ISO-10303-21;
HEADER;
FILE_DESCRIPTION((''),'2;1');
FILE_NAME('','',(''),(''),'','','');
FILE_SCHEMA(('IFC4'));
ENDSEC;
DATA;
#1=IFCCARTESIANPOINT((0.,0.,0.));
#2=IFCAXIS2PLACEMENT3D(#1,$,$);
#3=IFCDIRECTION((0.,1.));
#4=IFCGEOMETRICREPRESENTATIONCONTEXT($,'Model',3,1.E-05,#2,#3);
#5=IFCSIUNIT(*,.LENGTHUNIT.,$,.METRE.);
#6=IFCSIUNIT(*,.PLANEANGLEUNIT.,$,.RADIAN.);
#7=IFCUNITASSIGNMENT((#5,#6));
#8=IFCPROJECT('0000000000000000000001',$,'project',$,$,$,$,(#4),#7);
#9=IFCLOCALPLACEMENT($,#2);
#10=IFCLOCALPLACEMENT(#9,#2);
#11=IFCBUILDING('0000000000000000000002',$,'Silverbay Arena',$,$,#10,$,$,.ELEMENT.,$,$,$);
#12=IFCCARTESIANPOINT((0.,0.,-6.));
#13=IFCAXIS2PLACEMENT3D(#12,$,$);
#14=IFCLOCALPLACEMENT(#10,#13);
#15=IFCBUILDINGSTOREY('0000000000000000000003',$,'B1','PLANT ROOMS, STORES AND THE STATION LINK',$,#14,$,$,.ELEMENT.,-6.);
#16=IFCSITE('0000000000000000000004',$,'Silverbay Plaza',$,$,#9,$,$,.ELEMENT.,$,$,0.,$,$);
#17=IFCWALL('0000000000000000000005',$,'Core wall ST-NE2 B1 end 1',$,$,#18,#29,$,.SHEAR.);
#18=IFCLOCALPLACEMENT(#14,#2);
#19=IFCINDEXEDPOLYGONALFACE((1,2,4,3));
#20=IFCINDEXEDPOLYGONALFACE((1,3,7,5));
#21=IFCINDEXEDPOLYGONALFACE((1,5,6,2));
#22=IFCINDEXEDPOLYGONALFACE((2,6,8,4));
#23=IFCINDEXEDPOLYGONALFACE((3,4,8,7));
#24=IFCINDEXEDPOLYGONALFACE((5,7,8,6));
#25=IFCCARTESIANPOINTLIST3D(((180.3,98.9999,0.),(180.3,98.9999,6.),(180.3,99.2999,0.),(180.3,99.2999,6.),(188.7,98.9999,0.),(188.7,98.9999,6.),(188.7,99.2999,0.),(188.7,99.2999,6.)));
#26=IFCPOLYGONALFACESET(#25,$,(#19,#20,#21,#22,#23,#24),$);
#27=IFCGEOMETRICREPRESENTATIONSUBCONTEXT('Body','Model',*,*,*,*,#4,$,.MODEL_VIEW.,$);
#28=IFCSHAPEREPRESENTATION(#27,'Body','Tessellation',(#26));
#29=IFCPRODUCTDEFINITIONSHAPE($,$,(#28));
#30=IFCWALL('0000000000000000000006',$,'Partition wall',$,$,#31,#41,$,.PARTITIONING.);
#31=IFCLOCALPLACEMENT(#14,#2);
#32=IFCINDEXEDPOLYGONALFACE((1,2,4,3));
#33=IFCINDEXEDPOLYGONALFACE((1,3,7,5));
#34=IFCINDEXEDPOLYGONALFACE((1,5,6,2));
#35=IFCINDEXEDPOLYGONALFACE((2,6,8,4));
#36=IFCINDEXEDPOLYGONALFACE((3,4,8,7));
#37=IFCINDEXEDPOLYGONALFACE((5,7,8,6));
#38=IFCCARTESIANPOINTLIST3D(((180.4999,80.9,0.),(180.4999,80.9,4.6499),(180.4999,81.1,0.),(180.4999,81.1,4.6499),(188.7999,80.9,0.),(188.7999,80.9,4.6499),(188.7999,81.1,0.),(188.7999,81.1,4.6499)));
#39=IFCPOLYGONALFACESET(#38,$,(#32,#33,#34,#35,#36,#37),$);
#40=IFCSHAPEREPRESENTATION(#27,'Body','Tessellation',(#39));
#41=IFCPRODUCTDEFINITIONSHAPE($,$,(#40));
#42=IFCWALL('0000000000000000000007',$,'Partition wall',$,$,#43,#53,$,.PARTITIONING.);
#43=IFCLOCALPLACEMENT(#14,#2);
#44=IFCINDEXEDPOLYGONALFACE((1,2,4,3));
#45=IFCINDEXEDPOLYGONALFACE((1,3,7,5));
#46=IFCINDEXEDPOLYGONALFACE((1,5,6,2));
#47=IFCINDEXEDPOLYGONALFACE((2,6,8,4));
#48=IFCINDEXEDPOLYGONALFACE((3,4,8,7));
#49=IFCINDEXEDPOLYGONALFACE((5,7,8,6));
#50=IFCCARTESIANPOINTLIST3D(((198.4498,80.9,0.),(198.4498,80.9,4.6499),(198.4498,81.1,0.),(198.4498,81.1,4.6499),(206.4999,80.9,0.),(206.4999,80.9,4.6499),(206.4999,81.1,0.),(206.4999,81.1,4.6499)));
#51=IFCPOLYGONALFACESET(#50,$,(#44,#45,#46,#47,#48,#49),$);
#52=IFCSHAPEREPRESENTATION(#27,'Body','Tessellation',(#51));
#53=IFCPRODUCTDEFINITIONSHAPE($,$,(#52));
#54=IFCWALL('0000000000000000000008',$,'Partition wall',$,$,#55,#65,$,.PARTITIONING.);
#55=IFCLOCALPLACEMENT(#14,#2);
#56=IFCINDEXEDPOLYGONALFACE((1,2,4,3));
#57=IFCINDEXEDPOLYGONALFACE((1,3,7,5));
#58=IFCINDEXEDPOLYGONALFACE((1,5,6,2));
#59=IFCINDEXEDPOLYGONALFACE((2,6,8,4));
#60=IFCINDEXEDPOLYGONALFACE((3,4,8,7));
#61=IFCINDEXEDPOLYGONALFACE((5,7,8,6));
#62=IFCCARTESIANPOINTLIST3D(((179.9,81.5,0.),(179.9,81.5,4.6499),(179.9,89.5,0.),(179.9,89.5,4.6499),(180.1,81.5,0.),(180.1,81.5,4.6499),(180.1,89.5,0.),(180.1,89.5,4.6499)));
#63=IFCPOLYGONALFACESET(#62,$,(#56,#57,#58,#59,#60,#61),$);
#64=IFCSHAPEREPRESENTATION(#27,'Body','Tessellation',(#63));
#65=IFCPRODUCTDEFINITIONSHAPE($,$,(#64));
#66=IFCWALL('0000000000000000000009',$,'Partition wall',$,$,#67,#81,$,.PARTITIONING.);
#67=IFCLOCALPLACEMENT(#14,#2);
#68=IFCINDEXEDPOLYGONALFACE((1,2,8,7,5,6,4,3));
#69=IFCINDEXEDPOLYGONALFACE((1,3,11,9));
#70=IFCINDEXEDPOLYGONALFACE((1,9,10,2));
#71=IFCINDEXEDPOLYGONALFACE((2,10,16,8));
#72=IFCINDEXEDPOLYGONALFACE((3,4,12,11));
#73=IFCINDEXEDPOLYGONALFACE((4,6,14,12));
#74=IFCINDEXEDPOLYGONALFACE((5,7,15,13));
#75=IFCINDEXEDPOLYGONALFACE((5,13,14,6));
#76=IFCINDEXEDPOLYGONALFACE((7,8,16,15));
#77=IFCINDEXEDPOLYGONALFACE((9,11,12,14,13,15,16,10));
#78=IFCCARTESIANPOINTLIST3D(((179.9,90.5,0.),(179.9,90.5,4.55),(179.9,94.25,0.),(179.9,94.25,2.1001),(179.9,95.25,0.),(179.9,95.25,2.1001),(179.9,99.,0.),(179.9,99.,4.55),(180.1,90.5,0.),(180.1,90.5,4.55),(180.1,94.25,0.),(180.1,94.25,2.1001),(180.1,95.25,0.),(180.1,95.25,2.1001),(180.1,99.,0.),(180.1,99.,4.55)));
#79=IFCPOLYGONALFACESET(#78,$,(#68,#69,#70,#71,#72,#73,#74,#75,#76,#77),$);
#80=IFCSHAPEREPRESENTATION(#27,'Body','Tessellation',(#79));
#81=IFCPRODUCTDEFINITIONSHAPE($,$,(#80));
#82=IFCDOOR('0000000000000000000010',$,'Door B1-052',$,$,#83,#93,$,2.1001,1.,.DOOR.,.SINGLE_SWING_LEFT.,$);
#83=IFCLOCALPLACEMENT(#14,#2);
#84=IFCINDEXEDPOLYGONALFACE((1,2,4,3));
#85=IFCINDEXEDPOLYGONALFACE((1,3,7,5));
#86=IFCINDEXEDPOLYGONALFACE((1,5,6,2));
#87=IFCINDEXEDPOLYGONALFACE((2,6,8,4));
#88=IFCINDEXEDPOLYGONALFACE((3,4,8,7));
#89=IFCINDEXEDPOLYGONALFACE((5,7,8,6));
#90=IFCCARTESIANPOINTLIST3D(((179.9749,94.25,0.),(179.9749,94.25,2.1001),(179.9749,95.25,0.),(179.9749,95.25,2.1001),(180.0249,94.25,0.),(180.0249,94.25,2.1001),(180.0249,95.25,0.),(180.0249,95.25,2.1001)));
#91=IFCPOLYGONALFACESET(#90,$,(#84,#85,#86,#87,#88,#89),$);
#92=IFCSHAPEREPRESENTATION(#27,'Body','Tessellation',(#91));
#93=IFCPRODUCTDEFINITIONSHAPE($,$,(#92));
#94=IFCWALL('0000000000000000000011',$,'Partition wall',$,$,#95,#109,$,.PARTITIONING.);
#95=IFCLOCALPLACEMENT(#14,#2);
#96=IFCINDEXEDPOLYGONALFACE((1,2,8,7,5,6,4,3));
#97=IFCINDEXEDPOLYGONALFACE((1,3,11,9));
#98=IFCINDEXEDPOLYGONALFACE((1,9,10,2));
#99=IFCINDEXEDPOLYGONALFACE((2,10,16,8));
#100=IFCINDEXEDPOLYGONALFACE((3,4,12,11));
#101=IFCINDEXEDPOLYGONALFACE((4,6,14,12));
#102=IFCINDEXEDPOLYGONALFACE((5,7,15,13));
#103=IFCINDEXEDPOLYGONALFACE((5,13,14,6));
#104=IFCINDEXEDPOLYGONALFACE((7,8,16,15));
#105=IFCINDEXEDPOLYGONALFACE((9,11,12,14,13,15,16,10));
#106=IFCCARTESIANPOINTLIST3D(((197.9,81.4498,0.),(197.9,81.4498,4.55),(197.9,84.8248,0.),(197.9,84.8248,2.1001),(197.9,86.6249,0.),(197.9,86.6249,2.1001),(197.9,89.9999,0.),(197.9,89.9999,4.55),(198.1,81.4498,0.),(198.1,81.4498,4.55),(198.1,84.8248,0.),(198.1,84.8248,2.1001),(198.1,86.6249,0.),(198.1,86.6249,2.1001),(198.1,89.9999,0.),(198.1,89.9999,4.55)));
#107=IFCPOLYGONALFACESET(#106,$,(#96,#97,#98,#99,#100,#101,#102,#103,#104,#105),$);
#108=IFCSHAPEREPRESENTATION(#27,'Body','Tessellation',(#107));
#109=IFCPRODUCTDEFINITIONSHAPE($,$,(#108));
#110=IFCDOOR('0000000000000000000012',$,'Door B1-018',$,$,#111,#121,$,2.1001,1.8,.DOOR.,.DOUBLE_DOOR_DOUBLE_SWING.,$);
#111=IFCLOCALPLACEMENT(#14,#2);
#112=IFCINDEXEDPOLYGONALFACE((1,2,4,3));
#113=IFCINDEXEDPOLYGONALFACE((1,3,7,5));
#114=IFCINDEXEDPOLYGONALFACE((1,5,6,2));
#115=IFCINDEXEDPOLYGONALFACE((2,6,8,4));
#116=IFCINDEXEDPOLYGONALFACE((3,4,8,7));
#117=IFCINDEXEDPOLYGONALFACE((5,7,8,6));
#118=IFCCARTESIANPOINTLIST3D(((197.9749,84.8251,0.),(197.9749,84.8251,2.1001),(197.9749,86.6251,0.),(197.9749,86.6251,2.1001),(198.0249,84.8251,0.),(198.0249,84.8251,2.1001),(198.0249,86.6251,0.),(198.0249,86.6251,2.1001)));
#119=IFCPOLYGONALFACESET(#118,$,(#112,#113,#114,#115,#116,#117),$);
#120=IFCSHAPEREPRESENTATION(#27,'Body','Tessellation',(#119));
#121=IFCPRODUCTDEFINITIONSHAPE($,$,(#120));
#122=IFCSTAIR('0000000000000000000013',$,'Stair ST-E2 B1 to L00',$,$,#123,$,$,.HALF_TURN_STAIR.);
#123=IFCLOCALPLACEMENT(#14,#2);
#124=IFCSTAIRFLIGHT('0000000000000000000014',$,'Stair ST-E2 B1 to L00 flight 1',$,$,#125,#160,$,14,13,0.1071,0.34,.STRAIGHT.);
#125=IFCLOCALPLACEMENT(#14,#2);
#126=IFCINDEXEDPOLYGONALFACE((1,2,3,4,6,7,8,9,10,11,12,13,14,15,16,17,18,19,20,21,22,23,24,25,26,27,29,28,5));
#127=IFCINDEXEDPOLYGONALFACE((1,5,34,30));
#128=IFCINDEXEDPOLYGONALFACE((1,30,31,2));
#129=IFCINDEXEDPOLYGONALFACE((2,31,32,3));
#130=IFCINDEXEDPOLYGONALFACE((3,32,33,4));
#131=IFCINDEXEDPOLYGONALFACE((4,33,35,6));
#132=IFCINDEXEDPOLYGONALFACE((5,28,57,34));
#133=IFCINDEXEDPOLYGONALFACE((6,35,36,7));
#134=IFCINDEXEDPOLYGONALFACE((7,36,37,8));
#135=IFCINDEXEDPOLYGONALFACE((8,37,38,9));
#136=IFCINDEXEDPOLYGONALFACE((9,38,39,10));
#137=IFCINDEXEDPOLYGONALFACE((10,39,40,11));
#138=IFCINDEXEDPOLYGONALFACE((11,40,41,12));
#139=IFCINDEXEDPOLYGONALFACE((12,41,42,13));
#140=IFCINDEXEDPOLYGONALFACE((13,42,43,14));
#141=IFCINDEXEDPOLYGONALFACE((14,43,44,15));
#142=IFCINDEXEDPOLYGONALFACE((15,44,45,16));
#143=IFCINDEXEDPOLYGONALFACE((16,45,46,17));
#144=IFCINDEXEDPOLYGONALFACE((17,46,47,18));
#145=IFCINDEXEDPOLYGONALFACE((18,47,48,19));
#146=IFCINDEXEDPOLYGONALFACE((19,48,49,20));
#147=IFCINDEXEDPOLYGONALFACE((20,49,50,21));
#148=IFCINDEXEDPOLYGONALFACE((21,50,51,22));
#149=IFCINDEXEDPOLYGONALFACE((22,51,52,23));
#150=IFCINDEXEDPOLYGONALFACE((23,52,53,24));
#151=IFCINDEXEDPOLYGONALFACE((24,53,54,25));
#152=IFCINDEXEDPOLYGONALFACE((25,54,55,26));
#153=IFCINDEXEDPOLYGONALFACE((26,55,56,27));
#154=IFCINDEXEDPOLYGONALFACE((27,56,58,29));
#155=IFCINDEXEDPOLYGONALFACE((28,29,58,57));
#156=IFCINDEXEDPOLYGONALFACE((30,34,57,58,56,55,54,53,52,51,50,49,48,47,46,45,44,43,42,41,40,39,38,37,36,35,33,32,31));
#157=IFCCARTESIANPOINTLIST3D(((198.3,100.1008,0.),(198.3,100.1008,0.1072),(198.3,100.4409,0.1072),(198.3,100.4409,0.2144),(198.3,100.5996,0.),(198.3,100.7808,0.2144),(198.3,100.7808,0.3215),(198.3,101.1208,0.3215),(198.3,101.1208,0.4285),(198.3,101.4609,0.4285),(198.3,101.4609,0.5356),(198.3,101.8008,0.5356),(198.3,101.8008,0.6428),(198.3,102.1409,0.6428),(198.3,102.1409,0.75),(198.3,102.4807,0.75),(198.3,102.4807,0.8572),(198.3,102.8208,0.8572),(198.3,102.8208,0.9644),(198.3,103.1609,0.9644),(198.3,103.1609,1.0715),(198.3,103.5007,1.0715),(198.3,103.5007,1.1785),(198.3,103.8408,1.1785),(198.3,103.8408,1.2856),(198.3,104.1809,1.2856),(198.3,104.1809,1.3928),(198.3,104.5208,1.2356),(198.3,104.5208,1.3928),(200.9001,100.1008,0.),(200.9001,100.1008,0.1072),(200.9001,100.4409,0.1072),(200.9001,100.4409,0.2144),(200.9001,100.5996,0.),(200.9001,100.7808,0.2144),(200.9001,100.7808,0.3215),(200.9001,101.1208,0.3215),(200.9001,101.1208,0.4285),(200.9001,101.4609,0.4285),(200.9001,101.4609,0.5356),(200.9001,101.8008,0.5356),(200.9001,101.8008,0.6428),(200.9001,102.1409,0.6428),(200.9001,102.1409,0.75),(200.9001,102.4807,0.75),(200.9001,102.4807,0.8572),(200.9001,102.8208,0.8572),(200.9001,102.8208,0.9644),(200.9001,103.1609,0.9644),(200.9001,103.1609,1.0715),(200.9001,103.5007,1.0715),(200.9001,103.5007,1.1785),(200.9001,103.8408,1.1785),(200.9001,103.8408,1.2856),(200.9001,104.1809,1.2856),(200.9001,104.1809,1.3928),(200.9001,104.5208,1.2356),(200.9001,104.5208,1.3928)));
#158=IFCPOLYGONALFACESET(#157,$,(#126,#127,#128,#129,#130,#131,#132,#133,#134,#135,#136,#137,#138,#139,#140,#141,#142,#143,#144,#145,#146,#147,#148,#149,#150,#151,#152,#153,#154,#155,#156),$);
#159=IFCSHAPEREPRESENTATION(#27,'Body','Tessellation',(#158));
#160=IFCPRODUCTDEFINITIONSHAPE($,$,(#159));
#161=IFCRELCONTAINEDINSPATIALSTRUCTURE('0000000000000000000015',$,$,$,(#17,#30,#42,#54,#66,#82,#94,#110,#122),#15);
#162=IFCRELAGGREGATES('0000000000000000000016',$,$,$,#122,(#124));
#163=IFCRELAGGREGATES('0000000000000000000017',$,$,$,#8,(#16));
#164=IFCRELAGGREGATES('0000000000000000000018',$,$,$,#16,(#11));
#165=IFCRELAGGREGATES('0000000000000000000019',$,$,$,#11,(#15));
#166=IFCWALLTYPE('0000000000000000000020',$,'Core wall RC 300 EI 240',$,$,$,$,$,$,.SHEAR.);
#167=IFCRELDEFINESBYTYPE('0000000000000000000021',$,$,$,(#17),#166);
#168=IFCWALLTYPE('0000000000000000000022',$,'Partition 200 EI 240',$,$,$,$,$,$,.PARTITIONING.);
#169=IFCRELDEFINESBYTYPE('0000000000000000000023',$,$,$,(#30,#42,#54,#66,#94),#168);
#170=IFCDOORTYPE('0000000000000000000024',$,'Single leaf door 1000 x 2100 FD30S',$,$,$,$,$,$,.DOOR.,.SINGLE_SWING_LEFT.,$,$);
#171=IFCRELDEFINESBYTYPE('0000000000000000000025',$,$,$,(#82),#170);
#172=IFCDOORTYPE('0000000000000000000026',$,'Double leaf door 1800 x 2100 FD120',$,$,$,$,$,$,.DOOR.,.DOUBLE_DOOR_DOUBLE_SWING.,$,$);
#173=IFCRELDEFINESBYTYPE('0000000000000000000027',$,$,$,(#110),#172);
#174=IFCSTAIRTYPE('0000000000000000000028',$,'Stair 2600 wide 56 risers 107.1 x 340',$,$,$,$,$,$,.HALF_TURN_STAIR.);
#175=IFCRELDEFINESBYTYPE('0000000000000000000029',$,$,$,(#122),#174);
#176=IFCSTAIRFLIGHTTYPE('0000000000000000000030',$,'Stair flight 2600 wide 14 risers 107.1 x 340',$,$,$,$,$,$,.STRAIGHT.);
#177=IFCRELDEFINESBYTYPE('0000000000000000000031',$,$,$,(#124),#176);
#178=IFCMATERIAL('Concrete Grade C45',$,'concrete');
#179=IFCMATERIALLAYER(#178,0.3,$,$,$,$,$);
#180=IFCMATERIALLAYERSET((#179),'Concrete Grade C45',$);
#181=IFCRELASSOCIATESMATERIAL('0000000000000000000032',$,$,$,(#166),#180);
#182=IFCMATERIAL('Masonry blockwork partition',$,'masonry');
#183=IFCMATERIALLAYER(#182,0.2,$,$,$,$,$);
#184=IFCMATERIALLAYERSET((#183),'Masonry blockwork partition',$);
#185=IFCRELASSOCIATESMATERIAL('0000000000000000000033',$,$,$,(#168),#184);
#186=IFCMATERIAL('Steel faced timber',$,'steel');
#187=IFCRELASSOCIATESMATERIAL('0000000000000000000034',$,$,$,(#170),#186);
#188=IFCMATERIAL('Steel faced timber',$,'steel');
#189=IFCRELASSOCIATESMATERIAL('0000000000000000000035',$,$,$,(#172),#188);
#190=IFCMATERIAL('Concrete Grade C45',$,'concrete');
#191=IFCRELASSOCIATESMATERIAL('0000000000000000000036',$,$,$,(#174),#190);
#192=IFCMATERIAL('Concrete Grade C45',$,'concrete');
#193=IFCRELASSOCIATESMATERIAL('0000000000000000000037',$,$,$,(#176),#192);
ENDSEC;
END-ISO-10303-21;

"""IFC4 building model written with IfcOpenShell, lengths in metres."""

from ifc_helpers import new_model, si_unit, direction, frame, frame_2d, origin, place, context, subcontext, project, spatial, polyline, rectangle, outline, extrude, material, layer, layer_set, type_object, element, fill, aggregate, save


model = new_model("IFC4")

# Units and contexts
model_context = context("Model", 3, precision=1e-05, world=origin(), true_north=direction((0.0, 1.0)))
body_context = subcontext(model_context, "Body", "Model", "MODEL_VIEW")
ifc_project = project(units=[si_unit("LENGTHUNIT", "METRE"), si_unit("PLANEANGLEUNIT", "RADIAN")], contexts=[model_context])

# Site, building, storey
site_placement = place(None, origin())
site = spatial("IfcSite", under=ifc_project, at=site_placement, Name="Silverbay Plaza", CompositionType="ELEMENT", RefElevation=0.0)
building_placement = place(site_placement, origin())
building = spatial("IfcBuilding", under=site, at=building_placement, Name="Silverbay Arena", CompositionType="ELEMENT")
storey_placement = place(building_placement, frame((0.0, 0.0, -6.0)))
storey = spatial("IfcBuildingStorey", under=building, at=storey_placement, Name="B1", Description="PLANT ROOMS, STORES AND THE STATION LINK", CompositionType="ELEMENT", Elevation=-6.0)

# Shared definitions
ifc_material_1 = material(Name="Concrete Grade C45", Category="concrete")
ifc_layer_1 = layer(ifc_material_1, 0.3)
ifc_layer_set_1 = layer_set([ifc_layer_1], Name="Concrete Grade C45")
wall_type_1 = type_object("IfcWallType", Name="Core wall RC 300 EI 240", PredefinedType="SHEAR", material=ifc_layer_set_1)

# Walls
wall_1_placement = place(storey_placement, frame((180.3, 99.1499, 0.0), z_axis=(0.0, 0.0, 1.0), x_axis=(1.0, 0.0, 0.0)))
element("IfcWall", 1, at=wall_1_placement, inside=storey, type_object=wall_type_1, Name="Core wall ST-NE2 B1 end 1", PredefinedType="SHEAR", context=body_context, shape_type="SweptSolid", body=[
    extrude(rectangle(XDim=8.3999, YDim=0.3, at=frame_2d((4.2, 0.0))), origin(), (0.0, 0.0, 1.0), 6.0),
])
ifc_material_2 = material(Name="Masonry blockwork partition", Category="masonry")
ifc_layer_2 = layer(ifc_material_2, 0.2)
ifc_layer_set_2 = layer_set([ifc_layer_2], Name="Masonry blockwork partition")
wall_type_2 = type_object("IfcWallType", Name="Partition 200 EI 240", PredefinedType="PARTITIONING", material=ifc_layer_set_2)
wall_2_placement = place(storey_placement, frame((180.5, 81.0, 0.0), z_axis=(0.0, 0.0, 1.0), x_axis=(1.0, 0.0, 0.0)))
element("IfcWall", 2, at=wall_2_placement, inside=storey, type_object=wall_type_2, Name="Partition wall", PredefinedType="PARTITIONING", context=body_context, shape_type="SweptSolid", body=[
    extrude(rectangle(XDim=8.3, YDim=0.2, at=frame_2d((4.1499, 0.0))), origin(), (0.0, 0.0, 1.0), 4.6499),
])
wall_3_placement = place(storey_placement, frame((198.45, 81.0, 0.0), z_axis=(0.0, 0.0, 1.0), x_axis=(1.0, 0.0, 0.0)))
element("IfcWall", 3, at=wall_3_placement, inside=storey, type_object=wall_type_2, Name="Partition wall", PredefinedType="PARTITIONING", context=body_context, shape_type="SweptSolid", body=[
    extrude(rectangle(XDim=8.05, YDim=0.2, at=frame_2d((4.0249, 0.0))), origin(), (0.0, 0.0, 1.0), 4.6499),
])
wall_4_placement = place(storey_placement, frame((180.0, 81.5, 0.0), z_axis=(0.0, 0.0, 1.0), x_axis=(0.0, 1.0, 0.0)))
element("IfcWall", 4, at=wall_4_placement, inside=storey, type_object=wall_type_2, Name="Partition wall", PredefinedType="PARTITIONING", context=body_context, shape_type="SweptSolid", body=[
    extrude(rectangle(XDim=8.0, YDim=0.2, at=frame_2d((4.0, 0.0))), origin(), (0.0, 0.0, 1.0), 4.6499),
])

# Walls, openings, doors
wall_5_placement = place(storey_placement, frame((180.0, 90.5, 0.0), z_axis=(0.0, 0.0, 1.0), x_axis=(0.0, 1.0, 0.0)))
wall_5 = element("IfcWall", 5, at=wall_5_placement, inside=storey, type_object=wall_type_2, Name="Partition wall", PredefinedType="PARTITIONING", context=body_context, shape_type="SweptSolid", body=[
    extrude(rectangle(XDim=8.5, YDim=0.2, at=frame_2d((4.25, 0.0))), origin(), (0.0, 0.0, 1.0), 4.55),
])
opening_1_placement = place(wall_5_placement, frame((3.75, 0.0, 0.0)))
opening_1 = element("IfcOpeningElement", 6, at=opening_1_placement, cuts=wall_5, PredefinedType="OPENING", context=body_context, shape_type="SweptSolid", body=[
    extrude(rectangle(XDim=1.0, YDim=2.1001, at=frame_2d((0.5, 1.05))), frame((0.0, 0.1099, 0.0), z_axis=(0.0, -1.0, 0.0), x_axis=(1.0, 0.0, 0.0)), (0.0, 0.0, 1.0), 0.22),
])
ifc_material_3 = material(Name="Steel faced timber", Category="steel")
door_type_1 = type_object("IfcDoorType", Name="Single leaf door 1000 x 2100 FD30S", OperationType="SINGLE_SWING_LEFT", PredefinedType="DOOR", material=ifc_material_3)
door_1_placement = place(opening_1_placement, frame((1.0, 0.0, 0.0), z_axis=(0.0, 0.0, 1.0), x_axis=(-1.0, 0.0, 0.0)))
door_1 = element("IfcDoor", 7, at=door_1_placement, inside=storey, type_object=door_type_1, Name="Door B1-052", OperationType="SINGLE_SWING_LEFT", OverallHeight=2.1001, OverallWidth=1.0, PredefinedType="DOOR", context=body_context, shape_type="SweptSolid", body=[
    extrude(rectangle(XDim=1.0, YDim=2.1001, at=frame_2d((0.5, 1.05))), frame((0.0, 0.0249, 0.0), z_axis=(0.0, -1.0, 0.0), x_axis=(1.0, 0.0, 0.0)), (0.0, 0.0, 1.0), 0.05),
])
fill(opening_1, door_1)
wall_6_placement = place(storey_placement, frame((198.0, 81.45, 0.0), z_axis=(0.0, 0.0, 1.0), x_axis=(0.0, 1.0, 0.0)))
wall_6 = element("IfcWall", 8, at=wall_6_placement, inside=storey, type_object=wall_type_2, Name="Partition wall", PredefinedType="PARTITIONING", context=body_context, shape_type="SweptSolid", body=[
    extrude(rectangle(XDim=8.55, YDim=0.2, at=frame_2d((4.2749, 0.0))), origin(), (0.0, 0.0, 1.0), 4.55),
])
opening_2_placement = place(wall_6_placement, frame((3.375, 0.0, 0.0)))
opening_2 = element("IfcOpeningElement", 9, at=opening_2_placement, cuts=wall_6, PredefinedType="OPENING", context=body_context, shape_type="SweptSolid", body=[
    extrude(rectangle(XDim=1.8, YDim=2.1001, at=frame_2d((0.8999, 1.05))), frame((0.0, 0.1099, 0.0), z_axis=(0.0, -1.0, 0.0), x_axis=(1.0, 0.0, 0.0)), (0.0, 0.0, 1.0), 0.22),
])
ifc_material_4 = material(Name="Steel faced timber", Category="steel")
door_type_2 = type_object("IfcDoorType", Name="Double leaf door 1800 x 2100 FD120", OperationType="DOUBLE_DOOR_DOUBLE_SWING", PredefinedType="DOOR", material=ifc_material_4)
door_2_placement = place(opening_2_placement, frame((1.8, 0.0, 0.0), z_axis=(0.0, 0.0, 1.0), x_axis=(-1.0, 0.0, 0.0)))
door_2 = element("IfcDoor", 10, at=door_2_placement, inside=storey, type_object=door_type_2, Name="Door B1-018", OperationType="DOUBLE_DOOR_DOUBLE_SWING", OverallHeight=2.1001, OverallWidth=1.8, PredefinedType="DOOR", context=body_context, shape_type="SweptSolid", body=[
    extrude(rectangle(XDim=1.8, YDim=2.1001, at=frame_2d((0.8999, 1.05))), frame((0.0, 0.0249, 0.0), z_axis=(0.0, -1.0, 0.0), x_axis=(1.0, 0.0, 0.0)), (0.0, 0.0, 1.0), 0.05),
])
fill(opening_2, door_2)

# Stair, stair flight
ifc_material_5 = material(Name="Concrete Grade C45", Category="concrete")
stair_type = type_object("IfcStairType", Name="Stair 2600 wide 56 risers 107.1 x 340", PredefinedType="HALF_TURN_STAIR", material=ifc_material_5)
stair_placement = place(storey_placement, origin())
stair = element("IfcStair", 11, at=stair_placement, inside=storey, type_object=stair_type, Name="Stair ST-E2 B1 to L00", PredefinedType="HALF_TURN_STAIR")
ifc_material_6 = material(Name="Concrete Grade C45", Category="concrete")
stair_flight_type = type_object("IfcStairFlightType", Name="Stair flight 2600 wide 14 risers 107.1 x 340", PredefinedType="STRAIGHT", material=ifc_material_6)
stair_flight_1_placement = place(storey_placement, frame((199.6001, 100.1008, 0.0), z_axis=(0.0, 0.0, 1.0), x_axis=(0.0, 1.0, 0.0)))
stair_flight_1 = element("IfcStairFlight", 12, at=stair_flight_1_placement, type_object=stair_flight_type, Name="Stair ST-E2 B1 to L00 flight 1", NumberOfRisers=14, NumberOfTreads=13, PredefinedType="STRAIGHT", RiserHeight=0.1071, TreadLength=0.34, context=body_context, shape_type="SweptSolid", body=[
    extrude(outline(polyline([(0.0, 0.0), (0.0, 0.1072), (0.3401, 0.1072), (0.3401, 0.2144), (0.6799, 0.2144), (0.6799, 0.3215), (1.02, 0.3215), (1.02, 0.4285), (1.3601, 0.4285), (1.3601, 0.5356), (1.7, 0.5356), (1.7, 0.6428), (2.04, 0.6428), (2.04, 0.75), (2.3799, 0.75), (2.3799, 0.8572), (2.72, 0.8572), (2.72, 0.9644), (3.0601, 0.9644), (3.0601, 1.0715), (3.3999, 1.0715), (3.3999, 1.1785), (3.74, 1.1785), (3.74, 1.2856), (4.0801, 1.2856), (4.0801, 1.3928), (4.4199, 1.3928), (4.4199, 1.2356), (0.4988, 0.0), (0.0, 0.0)])), frame((0.0, 1.3, 0.0), z_axis=(0.0, -1.0, 0.0), x_axis=(1.0, 0.0, 0.0)), (0.0, 0.0, 1.0), 2.6001),
])
aggregate(stair, [stair_flight_1])

save(model, "model.ifc")
